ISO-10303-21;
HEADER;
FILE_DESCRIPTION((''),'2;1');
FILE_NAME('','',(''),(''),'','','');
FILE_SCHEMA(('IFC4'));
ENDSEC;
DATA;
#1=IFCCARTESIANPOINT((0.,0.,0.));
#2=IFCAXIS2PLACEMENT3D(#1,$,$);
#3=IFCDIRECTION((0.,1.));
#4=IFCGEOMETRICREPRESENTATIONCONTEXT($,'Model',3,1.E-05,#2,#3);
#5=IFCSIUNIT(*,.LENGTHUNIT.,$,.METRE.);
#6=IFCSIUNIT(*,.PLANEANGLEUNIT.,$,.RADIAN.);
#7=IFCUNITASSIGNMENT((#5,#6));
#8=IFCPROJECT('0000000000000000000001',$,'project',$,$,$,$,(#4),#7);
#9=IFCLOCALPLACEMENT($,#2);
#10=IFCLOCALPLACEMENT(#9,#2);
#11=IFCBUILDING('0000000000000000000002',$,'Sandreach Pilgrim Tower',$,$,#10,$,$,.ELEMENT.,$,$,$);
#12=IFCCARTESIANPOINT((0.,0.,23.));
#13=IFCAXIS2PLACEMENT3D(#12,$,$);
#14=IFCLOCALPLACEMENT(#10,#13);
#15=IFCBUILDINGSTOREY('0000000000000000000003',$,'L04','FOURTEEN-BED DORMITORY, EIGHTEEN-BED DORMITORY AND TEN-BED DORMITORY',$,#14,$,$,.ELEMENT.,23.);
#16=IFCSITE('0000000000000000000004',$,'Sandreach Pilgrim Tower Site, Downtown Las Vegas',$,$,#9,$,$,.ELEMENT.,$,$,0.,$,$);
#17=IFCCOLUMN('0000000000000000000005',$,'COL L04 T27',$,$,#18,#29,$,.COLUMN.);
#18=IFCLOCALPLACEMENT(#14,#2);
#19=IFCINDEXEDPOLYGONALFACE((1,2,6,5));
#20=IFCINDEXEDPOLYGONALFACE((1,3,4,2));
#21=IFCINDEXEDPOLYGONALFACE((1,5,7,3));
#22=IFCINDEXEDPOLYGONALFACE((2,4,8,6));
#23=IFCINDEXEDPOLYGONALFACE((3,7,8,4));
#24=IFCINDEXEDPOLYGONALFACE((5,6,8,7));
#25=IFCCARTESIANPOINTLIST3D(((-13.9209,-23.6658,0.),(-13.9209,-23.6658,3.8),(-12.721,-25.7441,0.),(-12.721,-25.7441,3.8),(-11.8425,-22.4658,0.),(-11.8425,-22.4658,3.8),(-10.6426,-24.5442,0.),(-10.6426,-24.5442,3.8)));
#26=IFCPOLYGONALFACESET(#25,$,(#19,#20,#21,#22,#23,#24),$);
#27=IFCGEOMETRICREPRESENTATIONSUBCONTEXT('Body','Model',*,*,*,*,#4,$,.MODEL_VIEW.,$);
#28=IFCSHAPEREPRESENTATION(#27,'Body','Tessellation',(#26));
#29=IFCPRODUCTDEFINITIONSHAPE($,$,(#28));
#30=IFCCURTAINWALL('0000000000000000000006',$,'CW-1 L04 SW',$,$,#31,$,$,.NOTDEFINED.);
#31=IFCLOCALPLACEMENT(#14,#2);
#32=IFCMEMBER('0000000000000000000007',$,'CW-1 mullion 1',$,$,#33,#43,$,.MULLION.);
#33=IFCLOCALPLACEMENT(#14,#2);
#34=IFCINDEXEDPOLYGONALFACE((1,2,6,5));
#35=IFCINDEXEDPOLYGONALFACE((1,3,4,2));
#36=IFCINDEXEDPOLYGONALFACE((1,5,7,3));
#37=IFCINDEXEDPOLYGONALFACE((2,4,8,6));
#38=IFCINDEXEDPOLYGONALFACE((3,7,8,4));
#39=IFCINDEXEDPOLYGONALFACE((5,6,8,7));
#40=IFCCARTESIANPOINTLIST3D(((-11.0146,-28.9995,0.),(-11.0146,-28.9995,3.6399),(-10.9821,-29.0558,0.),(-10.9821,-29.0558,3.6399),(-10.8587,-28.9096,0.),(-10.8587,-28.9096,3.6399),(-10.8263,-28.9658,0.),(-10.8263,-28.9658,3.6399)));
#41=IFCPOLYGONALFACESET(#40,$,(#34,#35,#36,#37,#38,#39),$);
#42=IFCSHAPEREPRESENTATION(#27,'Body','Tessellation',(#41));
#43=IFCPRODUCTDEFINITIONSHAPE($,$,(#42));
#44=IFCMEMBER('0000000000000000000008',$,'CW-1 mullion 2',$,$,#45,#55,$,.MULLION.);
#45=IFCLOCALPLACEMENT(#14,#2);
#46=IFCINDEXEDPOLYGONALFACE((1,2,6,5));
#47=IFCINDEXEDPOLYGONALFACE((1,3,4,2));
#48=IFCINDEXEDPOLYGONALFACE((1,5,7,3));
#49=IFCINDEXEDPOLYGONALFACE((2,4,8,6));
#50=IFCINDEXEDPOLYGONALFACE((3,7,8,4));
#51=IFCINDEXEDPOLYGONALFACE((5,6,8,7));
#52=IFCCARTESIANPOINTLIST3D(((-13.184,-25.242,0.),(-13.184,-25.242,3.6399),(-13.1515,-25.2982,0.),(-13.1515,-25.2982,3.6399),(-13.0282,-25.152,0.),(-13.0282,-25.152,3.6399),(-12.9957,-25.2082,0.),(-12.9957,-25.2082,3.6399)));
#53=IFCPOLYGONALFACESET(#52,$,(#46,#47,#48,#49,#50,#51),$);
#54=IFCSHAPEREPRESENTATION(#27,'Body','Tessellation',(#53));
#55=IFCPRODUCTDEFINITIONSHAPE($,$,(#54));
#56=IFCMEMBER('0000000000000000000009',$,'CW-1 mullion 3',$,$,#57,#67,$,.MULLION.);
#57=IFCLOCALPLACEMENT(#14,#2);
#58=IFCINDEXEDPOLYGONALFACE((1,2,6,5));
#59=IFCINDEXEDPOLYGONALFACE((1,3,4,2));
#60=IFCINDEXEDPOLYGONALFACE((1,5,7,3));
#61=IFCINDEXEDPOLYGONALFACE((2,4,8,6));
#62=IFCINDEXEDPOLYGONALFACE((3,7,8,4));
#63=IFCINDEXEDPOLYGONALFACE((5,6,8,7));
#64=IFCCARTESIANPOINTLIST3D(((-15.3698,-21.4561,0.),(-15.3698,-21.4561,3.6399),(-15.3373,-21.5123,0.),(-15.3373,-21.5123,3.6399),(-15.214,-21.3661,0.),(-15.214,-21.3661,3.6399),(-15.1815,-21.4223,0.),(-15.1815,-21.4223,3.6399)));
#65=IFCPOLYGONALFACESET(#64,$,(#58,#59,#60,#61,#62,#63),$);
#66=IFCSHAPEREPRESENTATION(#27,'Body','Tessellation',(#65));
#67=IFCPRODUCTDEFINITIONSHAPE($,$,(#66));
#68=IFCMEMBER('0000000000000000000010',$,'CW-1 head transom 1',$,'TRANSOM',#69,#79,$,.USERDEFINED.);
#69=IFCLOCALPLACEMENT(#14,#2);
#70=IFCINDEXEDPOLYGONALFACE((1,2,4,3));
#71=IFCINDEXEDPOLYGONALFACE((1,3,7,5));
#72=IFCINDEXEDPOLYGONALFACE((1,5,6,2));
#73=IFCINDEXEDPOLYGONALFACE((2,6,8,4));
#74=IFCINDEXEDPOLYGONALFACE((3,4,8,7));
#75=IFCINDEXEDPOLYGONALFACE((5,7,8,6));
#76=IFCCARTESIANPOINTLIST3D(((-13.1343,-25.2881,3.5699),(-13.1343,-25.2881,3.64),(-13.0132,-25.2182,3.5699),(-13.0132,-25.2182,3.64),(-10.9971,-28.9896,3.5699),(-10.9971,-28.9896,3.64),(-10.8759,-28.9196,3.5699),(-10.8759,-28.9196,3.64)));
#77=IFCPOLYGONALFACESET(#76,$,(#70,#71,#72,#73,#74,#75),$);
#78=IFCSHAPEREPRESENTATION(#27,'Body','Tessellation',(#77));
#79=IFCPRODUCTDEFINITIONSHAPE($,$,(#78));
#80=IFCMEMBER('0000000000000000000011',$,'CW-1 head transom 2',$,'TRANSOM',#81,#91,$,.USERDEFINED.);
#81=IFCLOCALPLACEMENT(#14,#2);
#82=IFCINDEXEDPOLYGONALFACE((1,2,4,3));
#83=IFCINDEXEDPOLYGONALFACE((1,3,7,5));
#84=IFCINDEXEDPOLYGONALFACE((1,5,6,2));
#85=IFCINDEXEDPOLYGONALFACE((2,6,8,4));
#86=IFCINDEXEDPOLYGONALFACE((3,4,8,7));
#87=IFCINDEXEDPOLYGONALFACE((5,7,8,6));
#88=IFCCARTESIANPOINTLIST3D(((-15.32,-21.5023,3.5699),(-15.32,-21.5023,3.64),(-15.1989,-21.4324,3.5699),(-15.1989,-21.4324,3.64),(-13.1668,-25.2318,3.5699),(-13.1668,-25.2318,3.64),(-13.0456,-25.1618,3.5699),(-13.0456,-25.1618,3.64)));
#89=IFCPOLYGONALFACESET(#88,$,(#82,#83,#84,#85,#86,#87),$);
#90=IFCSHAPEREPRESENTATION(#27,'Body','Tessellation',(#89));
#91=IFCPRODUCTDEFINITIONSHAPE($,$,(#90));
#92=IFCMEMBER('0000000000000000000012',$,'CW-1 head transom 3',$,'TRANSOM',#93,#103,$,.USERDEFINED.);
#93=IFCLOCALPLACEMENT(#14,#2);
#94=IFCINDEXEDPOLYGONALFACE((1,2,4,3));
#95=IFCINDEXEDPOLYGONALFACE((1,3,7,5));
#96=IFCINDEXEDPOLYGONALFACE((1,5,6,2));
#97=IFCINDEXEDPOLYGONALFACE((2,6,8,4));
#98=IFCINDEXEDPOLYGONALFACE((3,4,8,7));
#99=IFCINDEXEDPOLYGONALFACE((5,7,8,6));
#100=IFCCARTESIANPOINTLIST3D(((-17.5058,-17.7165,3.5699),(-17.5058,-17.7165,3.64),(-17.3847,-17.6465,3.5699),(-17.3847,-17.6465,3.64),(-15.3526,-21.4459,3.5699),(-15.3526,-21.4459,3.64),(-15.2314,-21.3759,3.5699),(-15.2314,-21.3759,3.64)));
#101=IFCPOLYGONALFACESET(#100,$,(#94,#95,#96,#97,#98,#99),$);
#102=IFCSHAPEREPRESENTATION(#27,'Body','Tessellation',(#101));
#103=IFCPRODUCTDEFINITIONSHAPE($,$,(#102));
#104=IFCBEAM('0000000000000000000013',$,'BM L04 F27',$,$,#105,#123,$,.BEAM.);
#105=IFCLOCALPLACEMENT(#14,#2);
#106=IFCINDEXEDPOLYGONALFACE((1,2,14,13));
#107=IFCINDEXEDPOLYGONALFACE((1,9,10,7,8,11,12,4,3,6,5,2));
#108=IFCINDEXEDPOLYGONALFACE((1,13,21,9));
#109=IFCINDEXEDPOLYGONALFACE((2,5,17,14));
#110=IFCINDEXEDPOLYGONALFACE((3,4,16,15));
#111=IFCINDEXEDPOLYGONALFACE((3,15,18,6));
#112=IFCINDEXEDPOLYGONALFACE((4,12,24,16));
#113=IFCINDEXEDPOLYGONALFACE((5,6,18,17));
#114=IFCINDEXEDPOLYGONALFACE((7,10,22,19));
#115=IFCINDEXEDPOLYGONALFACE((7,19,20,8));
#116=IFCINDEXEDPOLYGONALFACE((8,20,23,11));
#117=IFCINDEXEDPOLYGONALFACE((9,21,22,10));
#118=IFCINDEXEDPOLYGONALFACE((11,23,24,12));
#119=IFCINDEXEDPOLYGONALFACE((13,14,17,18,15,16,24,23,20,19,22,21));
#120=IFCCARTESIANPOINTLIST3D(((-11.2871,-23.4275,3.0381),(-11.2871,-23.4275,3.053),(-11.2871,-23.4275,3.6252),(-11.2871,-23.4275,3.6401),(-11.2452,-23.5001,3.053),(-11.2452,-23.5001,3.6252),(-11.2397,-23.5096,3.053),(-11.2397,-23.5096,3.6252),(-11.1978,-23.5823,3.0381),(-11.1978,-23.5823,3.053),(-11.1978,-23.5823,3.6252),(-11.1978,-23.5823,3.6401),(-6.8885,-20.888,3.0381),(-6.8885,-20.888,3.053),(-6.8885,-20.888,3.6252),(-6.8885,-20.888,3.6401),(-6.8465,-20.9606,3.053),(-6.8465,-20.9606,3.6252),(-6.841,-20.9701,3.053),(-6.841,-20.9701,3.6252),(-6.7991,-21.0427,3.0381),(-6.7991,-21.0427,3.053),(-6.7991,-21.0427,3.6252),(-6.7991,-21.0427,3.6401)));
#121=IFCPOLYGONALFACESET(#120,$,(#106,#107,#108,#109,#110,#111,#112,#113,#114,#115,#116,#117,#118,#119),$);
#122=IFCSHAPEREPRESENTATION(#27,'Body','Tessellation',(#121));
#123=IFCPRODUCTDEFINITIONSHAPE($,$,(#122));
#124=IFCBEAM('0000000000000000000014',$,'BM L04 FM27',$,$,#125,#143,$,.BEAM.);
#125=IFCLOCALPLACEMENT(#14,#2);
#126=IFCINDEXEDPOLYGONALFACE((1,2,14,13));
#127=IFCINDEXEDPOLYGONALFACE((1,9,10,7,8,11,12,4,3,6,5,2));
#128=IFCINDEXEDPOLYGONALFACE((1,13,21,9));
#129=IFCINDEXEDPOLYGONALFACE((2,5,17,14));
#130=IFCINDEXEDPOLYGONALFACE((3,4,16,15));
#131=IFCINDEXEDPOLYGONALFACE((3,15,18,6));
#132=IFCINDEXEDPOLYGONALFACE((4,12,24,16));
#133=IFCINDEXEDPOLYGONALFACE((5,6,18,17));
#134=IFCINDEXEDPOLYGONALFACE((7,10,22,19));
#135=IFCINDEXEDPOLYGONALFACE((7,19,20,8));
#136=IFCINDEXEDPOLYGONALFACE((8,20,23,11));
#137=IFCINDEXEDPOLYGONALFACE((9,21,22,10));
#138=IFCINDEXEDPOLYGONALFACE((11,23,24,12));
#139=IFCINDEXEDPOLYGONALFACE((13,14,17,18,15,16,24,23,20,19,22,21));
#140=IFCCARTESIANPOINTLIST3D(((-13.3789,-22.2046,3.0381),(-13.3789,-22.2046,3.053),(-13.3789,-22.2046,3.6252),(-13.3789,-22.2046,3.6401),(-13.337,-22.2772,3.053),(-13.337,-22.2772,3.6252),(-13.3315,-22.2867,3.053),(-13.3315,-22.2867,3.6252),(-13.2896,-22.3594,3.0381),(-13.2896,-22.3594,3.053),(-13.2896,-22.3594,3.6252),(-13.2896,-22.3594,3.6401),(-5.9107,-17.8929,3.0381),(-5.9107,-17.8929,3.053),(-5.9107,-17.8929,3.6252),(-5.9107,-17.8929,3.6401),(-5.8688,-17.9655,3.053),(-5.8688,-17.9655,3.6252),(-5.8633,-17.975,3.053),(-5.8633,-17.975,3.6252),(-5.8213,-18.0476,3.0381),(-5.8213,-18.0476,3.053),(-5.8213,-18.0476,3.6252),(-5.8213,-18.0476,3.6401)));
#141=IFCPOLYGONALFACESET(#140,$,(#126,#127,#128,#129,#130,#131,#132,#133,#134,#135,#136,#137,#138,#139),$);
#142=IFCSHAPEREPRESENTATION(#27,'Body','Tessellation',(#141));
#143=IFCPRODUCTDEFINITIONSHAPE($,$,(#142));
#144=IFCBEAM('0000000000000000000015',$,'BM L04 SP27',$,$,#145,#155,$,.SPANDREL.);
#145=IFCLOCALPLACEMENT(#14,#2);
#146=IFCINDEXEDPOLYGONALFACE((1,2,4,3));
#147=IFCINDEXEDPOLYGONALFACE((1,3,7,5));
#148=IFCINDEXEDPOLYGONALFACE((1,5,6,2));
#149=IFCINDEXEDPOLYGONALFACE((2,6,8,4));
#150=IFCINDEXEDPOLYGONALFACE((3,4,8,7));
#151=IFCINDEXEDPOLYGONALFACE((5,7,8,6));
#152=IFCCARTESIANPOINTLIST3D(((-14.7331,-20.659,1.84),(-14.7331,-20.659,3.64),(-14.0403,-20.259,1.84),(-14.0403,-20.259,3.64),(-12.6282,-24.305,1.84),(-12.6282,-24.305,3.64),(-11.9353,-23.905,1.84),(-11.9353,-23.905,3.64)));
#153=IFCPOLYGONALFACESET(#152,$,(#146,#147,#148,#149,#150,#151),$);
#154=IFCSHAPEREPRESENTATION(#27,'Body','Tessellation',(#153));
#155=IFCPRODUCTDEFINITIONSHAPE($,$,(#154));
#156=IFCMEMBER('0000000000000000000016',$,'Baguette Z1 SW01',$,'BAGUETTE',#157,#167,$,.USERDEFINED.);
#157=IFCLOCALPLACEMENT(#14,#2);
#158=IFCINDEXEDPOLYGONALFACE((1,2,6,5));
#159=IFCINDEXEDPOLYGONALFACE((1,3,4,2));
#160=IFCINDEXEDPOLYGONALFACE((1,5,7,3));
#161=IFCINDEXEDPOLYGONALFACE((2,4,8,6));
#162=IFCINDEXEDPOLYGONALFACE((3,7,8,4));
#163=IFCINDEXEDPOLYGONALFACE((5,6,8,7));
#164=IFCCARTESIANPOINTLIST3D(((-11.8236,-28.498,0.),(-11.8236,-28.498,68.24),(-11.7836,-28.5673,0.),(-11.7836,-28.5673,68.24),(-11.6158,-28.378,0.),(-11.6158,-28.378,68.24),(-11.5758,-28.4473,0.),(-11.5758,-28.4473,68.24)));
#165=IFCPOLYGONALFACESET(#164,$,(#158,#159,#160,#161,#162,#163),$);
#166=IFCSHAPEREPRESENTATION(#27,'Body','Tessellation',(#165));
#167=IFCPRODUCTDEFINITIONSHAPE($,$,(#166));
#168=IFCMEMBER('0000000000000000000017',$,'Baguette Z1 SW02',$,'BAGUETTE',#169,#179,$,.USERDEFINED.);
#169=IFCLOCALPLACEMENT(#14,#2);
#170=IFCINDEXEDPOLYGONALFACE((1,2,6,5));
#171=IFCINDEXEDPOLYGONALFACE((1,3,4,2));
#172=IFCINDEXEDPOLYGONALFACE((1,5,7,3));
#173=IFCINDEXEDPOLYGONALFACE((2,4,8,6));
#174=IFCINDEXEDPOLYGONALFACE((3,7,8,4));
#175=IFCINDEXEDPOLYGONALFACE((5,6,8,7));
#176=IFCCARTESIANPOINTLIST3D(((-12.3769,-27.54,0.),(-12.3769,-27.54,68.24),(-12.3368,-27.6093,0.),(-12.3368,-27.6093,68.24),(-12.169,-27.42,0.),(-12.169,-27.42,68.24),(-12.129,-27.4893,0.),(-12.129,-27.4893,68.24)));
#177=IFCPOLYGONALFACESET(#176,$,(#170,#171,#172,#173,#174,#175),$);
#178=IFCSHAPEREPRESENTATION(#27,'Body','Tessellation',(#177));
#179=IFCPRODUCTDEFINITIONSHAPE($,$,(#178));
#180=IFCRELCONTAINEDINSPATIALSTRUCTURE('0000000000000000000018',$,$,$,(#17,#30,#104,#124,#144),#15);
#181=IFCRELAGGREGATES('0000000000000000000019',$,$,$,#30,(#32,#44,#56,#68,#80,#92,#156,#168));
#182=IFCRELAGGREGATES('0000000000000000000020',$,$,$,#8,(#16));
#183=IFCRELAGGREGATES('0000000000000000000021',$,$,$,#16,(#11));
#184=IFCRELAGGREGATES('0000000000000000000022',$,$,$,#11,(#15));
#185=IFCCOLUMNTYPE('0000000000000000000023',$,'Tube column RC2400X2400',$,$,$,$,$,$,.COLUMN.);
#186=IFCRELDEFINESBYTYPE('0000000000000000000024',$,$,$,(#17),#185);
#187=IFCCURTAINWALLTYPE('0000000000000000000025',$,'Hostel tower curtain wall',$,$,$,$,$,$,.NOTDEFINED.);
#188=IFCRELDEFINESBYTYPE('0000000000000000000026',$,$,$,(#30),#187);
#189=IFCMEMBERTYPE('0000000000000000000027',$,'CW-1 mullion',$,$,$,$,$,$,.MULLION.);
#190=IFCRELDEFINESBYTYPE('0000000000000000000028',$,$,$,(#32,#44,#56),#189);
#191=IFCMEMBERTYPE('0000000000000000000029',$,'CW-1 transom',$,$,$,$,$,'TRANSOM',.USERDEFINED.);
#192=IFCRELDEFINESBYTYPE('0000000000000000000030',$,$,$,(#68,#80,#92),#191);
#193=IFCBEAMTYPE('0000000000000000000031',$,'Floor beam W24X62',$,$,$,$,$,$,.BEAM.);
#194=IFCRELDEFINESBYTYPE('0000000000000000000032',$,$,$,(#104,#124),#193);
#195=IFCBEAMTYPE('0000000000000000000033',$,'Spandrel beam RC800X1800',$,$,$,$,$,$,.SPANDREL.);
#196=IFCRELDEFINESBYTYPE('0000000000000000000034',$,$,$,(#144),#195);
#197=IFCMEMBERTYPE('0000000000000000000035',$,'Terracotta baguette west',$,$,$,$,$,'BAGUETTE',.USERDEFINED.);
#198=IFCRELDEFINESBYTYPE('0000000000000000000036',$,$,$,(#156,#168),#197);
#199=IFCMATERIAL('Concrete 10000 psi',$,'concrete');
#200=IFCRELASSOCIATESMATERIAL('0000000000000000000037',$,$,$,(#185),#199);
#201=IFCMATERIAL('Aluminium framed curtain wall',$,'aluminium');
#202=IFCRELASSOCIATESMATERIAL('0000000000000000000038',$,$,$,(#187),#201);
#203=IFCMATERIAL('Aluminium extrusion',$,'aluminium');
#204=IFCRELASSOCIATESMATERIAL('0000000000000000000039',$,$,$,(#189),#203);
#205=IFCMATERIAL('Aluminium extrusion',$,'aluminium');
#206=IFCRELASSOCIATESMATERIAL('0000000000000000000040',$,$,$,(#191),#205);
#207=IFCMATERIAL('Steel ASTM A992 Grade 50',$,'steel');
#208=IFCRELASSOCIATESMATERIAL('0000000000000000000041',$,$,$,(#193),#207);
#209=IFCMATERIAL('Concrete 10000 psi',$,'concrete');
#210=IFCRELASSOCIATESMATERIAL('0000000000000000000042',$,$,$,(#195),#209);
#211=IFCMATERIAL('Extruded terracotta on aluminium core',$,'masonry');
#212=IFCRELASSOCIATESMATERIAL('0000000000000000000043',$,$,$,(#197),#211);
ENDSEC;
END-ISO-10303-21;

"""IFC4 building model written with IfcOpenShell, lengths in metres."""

from ifc_helpers import new_model, si_unit, direction, frame, origin, origin_2d, place, context, subcontext, project, spatial, rectangle, i_section, extrude, material, material_profile, profile_set, type_object, element, aggregate, save


model = new_model("IFC4")

# Units and contexts
model_context = context("Model", 3, precision=1e-05, world=origin(), true_north=direction((0.0, 1.0)))
body_context = subcontext(model_context, "Body", "Model", "MODEL_VIEW")
ifc_project = project(units=[si_unit("LENGTHUNIT", "METRE"), si_unit("PLANEANGLEUNIT", "RADIAN")], contexts=[model_context])

# Site, building, storey
site_placement = place(None, origin())
site = spatial("IfcSite", under=ifc_project, at=site_placement, Name="Sandreach Pilgrim Tower Site, Downtown Las Vegas", CompositionType="ELEMENT", RefElevation=0.0)
building_placement = place(site_placement, origin())
building = spatial("IfcBuilding", under=site, at=building_placement, Name="Sandreach Pilgrim Tower", CompositionType="ELEMENT")
storey_placement = place(building_placement, frame((0.0, 0.0, 23.0)))
storey = spatial("IfcBuildingStorey", under=building, at=storey_placement, Name="L04", Description="FOURTEEN-BED DORMITORY, EIGHTEEN-BED DORMITORY AND TEN-BED DORMITORY", CompositionType="ELEMENT", Elevation=23.0)

# Column
ifc_material_1 = material(Name="Concrete 10000 psi", Category="concrete")
ifc_material_profile_1 = material_profile(ifc_material_1, rectangle(XDim=2.3999, YDim=2.3999, at=origin_2d()), Name="RC2400X2400")
ifc_profile_set_1 = profile_set([ifc_material_profile_1], Name="Concrete 10000 psi")
column_type = type_object("IfcColumnType", Name="Tube column RC2400X2400", PredefinedType="COLUMN", material=ifc_profile_set_1)
column_placement = place(storey_placement, frame((-12.2817, -24.105, 0.0), z_axis=(0.0, 0.0, 1.0), x_axis=(-0.866025, -0.5, 0.0)))
element("IfcColumn", 1, at=column_placement, inside=storey, type_object=column_type, Name="COL L04 T27", PredefinedType="COLUMN", context=body_context, shape_type="SweptSolid", body=[
    extrude(rectangle(XDim=2.3999, YDim=2.3999, at=origin_2d()), origin(), (0.0, 0.0, 1.0), 3.8),
])

# Curtain wall, members
ifc_material_2 = material(Name="Aluminium framed curtain wall", Category="aluminium")
curtain_wall_type = type_object("IfcCurtainWallType", Name="Hostel tower curtain wall", PredefinedType="NOTDEFINED", material=ifc_material_2)
curtain_wall_placement = place(storey_placement, origin())
curtain_wall = element("IfcCurtainWall", 2, at=curtain_wall_placement, inside=storey, type_object=curtain_wall_type, Name="CW-1 L04 SW", PredefinedType="NOTDEFINED")
ifc_material_3 = material(Name="Aluminium extrusion", Category="aluminium")
ifc_material_profile_2 = material_profile(ifc_material_3, rectangle(XDim=0.0649, YDim=0.1799, at=origin_2d()), Name="CW-1M 65X180")
ifc_profile_set_2 = profile_set([ifc_material_profile_2], Name="Aluminium extrusion")
member_type_1 = type_object("IfcMemberType", Name="CW-1 mullion", PredefinedType="MULLION", material=ifc_profile_set_2)
member_1_placement = place(storey_placement, frame((-10.9204, -28.9827, 0.0), z_axis=(0.0, 0.0, 1.0), x_axis=(-0.5, 0.866025, 0.0)))
member_1 = element("IfcMember", 3, at=member_1_placement, type_object=member_type_1, Name="CW-1 mullion 1", PredefinedType="MULLION", context=body_context, shape_type="SweptSolid", body=[
    extrude(rectangle(XDim=0.0649, YDim=0.1799, at=origin_2d()), origin(), (0.0, 0.0, 1.0), 3.6399),
])
member_2_placement = place(storey_placement, frame((-13.0898, -25.2251, 0.0), z_axis=(0.0, 0.0, 1.0), x_axis=(-0.5, 0.866025, 0.0)))
member_2 = element("IfcMember", 4, at=member_2_placement, type_object=member_type_1, Name="CW-1 mullion 2", PredefinedType="MULLION", context=body_context, shape_type="SweptSolid", body=[
    extrude(rectangle(XDim=0.0649, YDim=0.1799, at=origin_2d()), origin(), (0.0, 0.0, 1.0), 3.6399),
])
member_3_placement = place(storey_placement, frame((-15.2756, -21.4392, 0.0), z_axis=(0.0, 0.0, 1.0), x_axis=(-0.5, 0.866025, 0.0)))
member_3 = element("IfcMember", 5, at=member_3_placement, type_object=member_type_1, Name="CW-1 mullion 3", PredefinedType="MULLION", context=body_context, shape_type="SweptSolid", body=[
    extrude(rectangle(XDim=0.0649, YDim=0.1799, at=origin_2d()), origin(), (0.0, 0.0, 1.0), 3.6399),
])
ifc_material_4 = material(Name="Aluminium extrusion", Category="aluminium")
ifc_material_profile_3 = material_profile(ifc_material_4, rectangle(XDim=0.1399, YDim=0.0701, at=origin_2d()), Name="CW-1T 140X70")
ifc_profile_set_3 = profile_set([ifc_material_profile_3], Name="Aluminium extrusion")
member_type_2 = type_object("IfcMemberType", Name="CW-1 transom", ElementType="TRANSOM", PredefinedType="USERDEFINED", material=ifc_profile_set_3)
member_4_placement = place(storey_placement, frame((-10.9365, -28.9546, 3.605), z_axis=(-0.500034, 0.866006, 0.0), x_axis=(-0.866006, -0.500034, 0.0)))
member_4 = element("IfcMember", 6, at=member_4_placement, type_object=member_type_2, Name="CW-1 head transom 1", ObjectType="TRANSOM", PredefinedType="USERDEFINED", context=body_context, shape_type="SweptSolid", body=[
    extrude(rectangle(XDim=0.1399, YDim=0.0701, at=origin_2d()), origin(), (0.0, 0.0, 1.0), 4.2742),
])
member_5_placement = place(storey_placement, frame((-13.1062, -25.1968, 3.605), z_axis=(-0.500017, 0.866016, 0.0), x_axis=(-0.866016, -0.500017, 0.0)))
member_5 = element("IfcMember", 7, at=member_5_placement, type_object=member_type_2, Name="CW-1 head transom 2", ObjectType="TRANSOM", PredefinedType="USERDEFINED", context=body_context, shape_type="SweptSolid", body=[
    extrude(rectangle(XDim=0.1399, YDim=0.0701, at=origin_2d()), origin(), (0.0, 0.0, 1.0), 4.3064),
])
member_6_placement = place(storey_placement, frame((-15.292, -21.4109, 3.605), z_axis=(-0.500017, 0.866016, 0.0), x_axis=(-0.866016, -0.500017, 0.0)))
member_6 = element("IfcMember", 8, at=member_6_placement, type_object=member_type_2, Name="CW-1 head transom 3", ObjectType="TRANSOM", PredefinedType="USERDEFINED", context=body_context, shape_type="SweptSolid", body=[
    extrude(rectangle(XDim=0.1399, YDim=0.0701, at=origin_2d()), origin(), (0.0, 0.0, 1.0), 4.3064),
])

# Beams
ifc_material_5 = material(Name="Steel ASTM A992 Grade 50", Category="steel")
ifc_material_profile_4 = material_profile(ifc_material_5, i_section(OverallWidth=0.1787, OverallDepth=0.6021, WebThickness=0.011, FlangeThickness=0.0149, at=origin_2d()), Name="W24X62")
ifc_profile_set_4 = profile_set([ifc_material_profile_4], Name="Steel ASTM A992 Grade 50")
beam_type_1 = type_object("IfcBeamType", Name="Floor beam W24X62", PredefinedType="BEAM", material=ifc_profile_set_4)
beam_1_placement = place(storey_placement, frame((-11.2424, -23.5049, 3.3391), z_axis=(0.866028, 0.499996, 0.0), x_axis=(-0.499996, 0.866028, 0.0)))
element("IfcBeam", 9, at=beam_1_placement, inside=storey, type_object=beam_type_1, Name="BM L04 F27", PredefinedType="BEAM", context=body_context, shape_type="SweptSolid", body=[
    extrude(i_section(OverallWidth=0.1787, OverallDepth=0.6021, WebThickness=0.011, FlangeThickness=0.0149, at=origin_2d()), origin(), (0.0, 0.0, 1.0), 5.0791),
])
beam_2_placement = place(storey_placement, frame((-13.3342, -22.282, 3.3391), z_axis=(0.866027, 0.499997, 0.0), x_axis=(-0.499997, 0.866027, 0.0)))
element("IfcBeam", 10, at=beam_2_placement, inside=storey, type_object=beam_type_1, Name="BM L04 FM27", PredefinedType="BEAM", context=body_context, shape_type="SweptSolid", body=[
    extrude(i_section(OverallWidth=0.1787, OverallDepth=0.6021, WebThickness=0.011, FlangeThickness=0.0149, at=origin_2d()), origin(), (0.0, 0.0, 1.0), 8.6235),
])
ifc_material_6 = material(Name="Concrete 10000 psi", Category="concrete")
ifc_material_profile_5 = material_profile(ifc_material_6, rectangle(XDim=0.8, YDim=1.8, at=origin_2d()), Name="RC800X1800")
ifc_profile_set_5 = profile_set([ifc_material_profile_5], Name="Concrete 10000 psi")
beam_type_2 = type_object("IfcBeamType", Name="Spandrel beam RC800X1800", PredefinedType="SPANDREL", material=ifc_profile_set_5)
beam_3_placement = place(storey_placement, frame((-12.2817, -24.105, 2.74), z_axis=(-0.499994, 0.866029, 0.0), x_axis=(-0.866029, -0.499994, 0.0)))
element("IfcBeam", 11, at=beam_3_placement, inside=storey, type_object=beam_type_2, Name="BM L04 SP27", PredefinedType="SPANDREL", context=body_context, shape_type="SweptSolid", body=[
    extrude(rectangle(XDim=0.8, YDim=1.8, at=origin_2d()), origin(), (0.0, 0.0, 1.0), 4.21),
])

# Members
ifc_material_7 = material(Name="Extruded terracotta on aluminium core", Category="masonry")
ifc_material_profile_6 = material_profile(ifc_material_7, rectangle(XDim=0.0801, YDim=0.24, at=origin_2d()), Name="TBW 80X240")
ifc_profile_set_6 = profile_set([ifc_material_profile_6], Name="Extruded terracotta on aluminium core")
member_type_3 = type_object("IfcMemberType", Name="Terracotta baguette west", ElementType="BAGUETTE", PredefinedType="USERDEFINED", material=ifc_profile_set_6)
member_7_placement = place(storey_placement, frame((-11.6997, -28.4727, 0.0), z_axis=(0.0, 0.0, 1.0), x_axis=(-0.5, 0.866025, 0.0)))
member_7 = element("IfcMember", 12, at=member_7_placement, type_object=member_type_3, Name="Baguette Z1 SW01", ObjectType="BAGUETTE", PredefinedType="USERDEFINED", context=body_context, shape_type="SweptSolid", body=[
    extrude(rectangle(XDim=0.0801, YDim=0.24, at=origin_2d()), origin(), (0.0, 0.0, 1.0), 68.24),
])
member_8_placement = place(storey_placement, frame((-12.2529, -27.5146, 0.0), z_axis=(0.0, 0.0, 1.0), x_axis=(-0.5, 0.866025, 0.0)))
member_8 = element("IfcMember", 13, at=member_8_placement, type_object=member_type_3, Name="Baguette Z1 SW02", ObjectType="BAGUETTE", PredefinedType="USERDEFINED", context=body_context, shape_type="SweptSolid", body=[
    extrude(rectangle(XDim=0.0801, YDim=0.24, at=origin_2d()), origin(), (0.0, 0.0, 1.0), 68.24),
])

aggregate(curtain_wall, [member_1, member_2, member_3, member_4, member_5, member_6, member_7, member_8])

save(model, "model.ifc")
